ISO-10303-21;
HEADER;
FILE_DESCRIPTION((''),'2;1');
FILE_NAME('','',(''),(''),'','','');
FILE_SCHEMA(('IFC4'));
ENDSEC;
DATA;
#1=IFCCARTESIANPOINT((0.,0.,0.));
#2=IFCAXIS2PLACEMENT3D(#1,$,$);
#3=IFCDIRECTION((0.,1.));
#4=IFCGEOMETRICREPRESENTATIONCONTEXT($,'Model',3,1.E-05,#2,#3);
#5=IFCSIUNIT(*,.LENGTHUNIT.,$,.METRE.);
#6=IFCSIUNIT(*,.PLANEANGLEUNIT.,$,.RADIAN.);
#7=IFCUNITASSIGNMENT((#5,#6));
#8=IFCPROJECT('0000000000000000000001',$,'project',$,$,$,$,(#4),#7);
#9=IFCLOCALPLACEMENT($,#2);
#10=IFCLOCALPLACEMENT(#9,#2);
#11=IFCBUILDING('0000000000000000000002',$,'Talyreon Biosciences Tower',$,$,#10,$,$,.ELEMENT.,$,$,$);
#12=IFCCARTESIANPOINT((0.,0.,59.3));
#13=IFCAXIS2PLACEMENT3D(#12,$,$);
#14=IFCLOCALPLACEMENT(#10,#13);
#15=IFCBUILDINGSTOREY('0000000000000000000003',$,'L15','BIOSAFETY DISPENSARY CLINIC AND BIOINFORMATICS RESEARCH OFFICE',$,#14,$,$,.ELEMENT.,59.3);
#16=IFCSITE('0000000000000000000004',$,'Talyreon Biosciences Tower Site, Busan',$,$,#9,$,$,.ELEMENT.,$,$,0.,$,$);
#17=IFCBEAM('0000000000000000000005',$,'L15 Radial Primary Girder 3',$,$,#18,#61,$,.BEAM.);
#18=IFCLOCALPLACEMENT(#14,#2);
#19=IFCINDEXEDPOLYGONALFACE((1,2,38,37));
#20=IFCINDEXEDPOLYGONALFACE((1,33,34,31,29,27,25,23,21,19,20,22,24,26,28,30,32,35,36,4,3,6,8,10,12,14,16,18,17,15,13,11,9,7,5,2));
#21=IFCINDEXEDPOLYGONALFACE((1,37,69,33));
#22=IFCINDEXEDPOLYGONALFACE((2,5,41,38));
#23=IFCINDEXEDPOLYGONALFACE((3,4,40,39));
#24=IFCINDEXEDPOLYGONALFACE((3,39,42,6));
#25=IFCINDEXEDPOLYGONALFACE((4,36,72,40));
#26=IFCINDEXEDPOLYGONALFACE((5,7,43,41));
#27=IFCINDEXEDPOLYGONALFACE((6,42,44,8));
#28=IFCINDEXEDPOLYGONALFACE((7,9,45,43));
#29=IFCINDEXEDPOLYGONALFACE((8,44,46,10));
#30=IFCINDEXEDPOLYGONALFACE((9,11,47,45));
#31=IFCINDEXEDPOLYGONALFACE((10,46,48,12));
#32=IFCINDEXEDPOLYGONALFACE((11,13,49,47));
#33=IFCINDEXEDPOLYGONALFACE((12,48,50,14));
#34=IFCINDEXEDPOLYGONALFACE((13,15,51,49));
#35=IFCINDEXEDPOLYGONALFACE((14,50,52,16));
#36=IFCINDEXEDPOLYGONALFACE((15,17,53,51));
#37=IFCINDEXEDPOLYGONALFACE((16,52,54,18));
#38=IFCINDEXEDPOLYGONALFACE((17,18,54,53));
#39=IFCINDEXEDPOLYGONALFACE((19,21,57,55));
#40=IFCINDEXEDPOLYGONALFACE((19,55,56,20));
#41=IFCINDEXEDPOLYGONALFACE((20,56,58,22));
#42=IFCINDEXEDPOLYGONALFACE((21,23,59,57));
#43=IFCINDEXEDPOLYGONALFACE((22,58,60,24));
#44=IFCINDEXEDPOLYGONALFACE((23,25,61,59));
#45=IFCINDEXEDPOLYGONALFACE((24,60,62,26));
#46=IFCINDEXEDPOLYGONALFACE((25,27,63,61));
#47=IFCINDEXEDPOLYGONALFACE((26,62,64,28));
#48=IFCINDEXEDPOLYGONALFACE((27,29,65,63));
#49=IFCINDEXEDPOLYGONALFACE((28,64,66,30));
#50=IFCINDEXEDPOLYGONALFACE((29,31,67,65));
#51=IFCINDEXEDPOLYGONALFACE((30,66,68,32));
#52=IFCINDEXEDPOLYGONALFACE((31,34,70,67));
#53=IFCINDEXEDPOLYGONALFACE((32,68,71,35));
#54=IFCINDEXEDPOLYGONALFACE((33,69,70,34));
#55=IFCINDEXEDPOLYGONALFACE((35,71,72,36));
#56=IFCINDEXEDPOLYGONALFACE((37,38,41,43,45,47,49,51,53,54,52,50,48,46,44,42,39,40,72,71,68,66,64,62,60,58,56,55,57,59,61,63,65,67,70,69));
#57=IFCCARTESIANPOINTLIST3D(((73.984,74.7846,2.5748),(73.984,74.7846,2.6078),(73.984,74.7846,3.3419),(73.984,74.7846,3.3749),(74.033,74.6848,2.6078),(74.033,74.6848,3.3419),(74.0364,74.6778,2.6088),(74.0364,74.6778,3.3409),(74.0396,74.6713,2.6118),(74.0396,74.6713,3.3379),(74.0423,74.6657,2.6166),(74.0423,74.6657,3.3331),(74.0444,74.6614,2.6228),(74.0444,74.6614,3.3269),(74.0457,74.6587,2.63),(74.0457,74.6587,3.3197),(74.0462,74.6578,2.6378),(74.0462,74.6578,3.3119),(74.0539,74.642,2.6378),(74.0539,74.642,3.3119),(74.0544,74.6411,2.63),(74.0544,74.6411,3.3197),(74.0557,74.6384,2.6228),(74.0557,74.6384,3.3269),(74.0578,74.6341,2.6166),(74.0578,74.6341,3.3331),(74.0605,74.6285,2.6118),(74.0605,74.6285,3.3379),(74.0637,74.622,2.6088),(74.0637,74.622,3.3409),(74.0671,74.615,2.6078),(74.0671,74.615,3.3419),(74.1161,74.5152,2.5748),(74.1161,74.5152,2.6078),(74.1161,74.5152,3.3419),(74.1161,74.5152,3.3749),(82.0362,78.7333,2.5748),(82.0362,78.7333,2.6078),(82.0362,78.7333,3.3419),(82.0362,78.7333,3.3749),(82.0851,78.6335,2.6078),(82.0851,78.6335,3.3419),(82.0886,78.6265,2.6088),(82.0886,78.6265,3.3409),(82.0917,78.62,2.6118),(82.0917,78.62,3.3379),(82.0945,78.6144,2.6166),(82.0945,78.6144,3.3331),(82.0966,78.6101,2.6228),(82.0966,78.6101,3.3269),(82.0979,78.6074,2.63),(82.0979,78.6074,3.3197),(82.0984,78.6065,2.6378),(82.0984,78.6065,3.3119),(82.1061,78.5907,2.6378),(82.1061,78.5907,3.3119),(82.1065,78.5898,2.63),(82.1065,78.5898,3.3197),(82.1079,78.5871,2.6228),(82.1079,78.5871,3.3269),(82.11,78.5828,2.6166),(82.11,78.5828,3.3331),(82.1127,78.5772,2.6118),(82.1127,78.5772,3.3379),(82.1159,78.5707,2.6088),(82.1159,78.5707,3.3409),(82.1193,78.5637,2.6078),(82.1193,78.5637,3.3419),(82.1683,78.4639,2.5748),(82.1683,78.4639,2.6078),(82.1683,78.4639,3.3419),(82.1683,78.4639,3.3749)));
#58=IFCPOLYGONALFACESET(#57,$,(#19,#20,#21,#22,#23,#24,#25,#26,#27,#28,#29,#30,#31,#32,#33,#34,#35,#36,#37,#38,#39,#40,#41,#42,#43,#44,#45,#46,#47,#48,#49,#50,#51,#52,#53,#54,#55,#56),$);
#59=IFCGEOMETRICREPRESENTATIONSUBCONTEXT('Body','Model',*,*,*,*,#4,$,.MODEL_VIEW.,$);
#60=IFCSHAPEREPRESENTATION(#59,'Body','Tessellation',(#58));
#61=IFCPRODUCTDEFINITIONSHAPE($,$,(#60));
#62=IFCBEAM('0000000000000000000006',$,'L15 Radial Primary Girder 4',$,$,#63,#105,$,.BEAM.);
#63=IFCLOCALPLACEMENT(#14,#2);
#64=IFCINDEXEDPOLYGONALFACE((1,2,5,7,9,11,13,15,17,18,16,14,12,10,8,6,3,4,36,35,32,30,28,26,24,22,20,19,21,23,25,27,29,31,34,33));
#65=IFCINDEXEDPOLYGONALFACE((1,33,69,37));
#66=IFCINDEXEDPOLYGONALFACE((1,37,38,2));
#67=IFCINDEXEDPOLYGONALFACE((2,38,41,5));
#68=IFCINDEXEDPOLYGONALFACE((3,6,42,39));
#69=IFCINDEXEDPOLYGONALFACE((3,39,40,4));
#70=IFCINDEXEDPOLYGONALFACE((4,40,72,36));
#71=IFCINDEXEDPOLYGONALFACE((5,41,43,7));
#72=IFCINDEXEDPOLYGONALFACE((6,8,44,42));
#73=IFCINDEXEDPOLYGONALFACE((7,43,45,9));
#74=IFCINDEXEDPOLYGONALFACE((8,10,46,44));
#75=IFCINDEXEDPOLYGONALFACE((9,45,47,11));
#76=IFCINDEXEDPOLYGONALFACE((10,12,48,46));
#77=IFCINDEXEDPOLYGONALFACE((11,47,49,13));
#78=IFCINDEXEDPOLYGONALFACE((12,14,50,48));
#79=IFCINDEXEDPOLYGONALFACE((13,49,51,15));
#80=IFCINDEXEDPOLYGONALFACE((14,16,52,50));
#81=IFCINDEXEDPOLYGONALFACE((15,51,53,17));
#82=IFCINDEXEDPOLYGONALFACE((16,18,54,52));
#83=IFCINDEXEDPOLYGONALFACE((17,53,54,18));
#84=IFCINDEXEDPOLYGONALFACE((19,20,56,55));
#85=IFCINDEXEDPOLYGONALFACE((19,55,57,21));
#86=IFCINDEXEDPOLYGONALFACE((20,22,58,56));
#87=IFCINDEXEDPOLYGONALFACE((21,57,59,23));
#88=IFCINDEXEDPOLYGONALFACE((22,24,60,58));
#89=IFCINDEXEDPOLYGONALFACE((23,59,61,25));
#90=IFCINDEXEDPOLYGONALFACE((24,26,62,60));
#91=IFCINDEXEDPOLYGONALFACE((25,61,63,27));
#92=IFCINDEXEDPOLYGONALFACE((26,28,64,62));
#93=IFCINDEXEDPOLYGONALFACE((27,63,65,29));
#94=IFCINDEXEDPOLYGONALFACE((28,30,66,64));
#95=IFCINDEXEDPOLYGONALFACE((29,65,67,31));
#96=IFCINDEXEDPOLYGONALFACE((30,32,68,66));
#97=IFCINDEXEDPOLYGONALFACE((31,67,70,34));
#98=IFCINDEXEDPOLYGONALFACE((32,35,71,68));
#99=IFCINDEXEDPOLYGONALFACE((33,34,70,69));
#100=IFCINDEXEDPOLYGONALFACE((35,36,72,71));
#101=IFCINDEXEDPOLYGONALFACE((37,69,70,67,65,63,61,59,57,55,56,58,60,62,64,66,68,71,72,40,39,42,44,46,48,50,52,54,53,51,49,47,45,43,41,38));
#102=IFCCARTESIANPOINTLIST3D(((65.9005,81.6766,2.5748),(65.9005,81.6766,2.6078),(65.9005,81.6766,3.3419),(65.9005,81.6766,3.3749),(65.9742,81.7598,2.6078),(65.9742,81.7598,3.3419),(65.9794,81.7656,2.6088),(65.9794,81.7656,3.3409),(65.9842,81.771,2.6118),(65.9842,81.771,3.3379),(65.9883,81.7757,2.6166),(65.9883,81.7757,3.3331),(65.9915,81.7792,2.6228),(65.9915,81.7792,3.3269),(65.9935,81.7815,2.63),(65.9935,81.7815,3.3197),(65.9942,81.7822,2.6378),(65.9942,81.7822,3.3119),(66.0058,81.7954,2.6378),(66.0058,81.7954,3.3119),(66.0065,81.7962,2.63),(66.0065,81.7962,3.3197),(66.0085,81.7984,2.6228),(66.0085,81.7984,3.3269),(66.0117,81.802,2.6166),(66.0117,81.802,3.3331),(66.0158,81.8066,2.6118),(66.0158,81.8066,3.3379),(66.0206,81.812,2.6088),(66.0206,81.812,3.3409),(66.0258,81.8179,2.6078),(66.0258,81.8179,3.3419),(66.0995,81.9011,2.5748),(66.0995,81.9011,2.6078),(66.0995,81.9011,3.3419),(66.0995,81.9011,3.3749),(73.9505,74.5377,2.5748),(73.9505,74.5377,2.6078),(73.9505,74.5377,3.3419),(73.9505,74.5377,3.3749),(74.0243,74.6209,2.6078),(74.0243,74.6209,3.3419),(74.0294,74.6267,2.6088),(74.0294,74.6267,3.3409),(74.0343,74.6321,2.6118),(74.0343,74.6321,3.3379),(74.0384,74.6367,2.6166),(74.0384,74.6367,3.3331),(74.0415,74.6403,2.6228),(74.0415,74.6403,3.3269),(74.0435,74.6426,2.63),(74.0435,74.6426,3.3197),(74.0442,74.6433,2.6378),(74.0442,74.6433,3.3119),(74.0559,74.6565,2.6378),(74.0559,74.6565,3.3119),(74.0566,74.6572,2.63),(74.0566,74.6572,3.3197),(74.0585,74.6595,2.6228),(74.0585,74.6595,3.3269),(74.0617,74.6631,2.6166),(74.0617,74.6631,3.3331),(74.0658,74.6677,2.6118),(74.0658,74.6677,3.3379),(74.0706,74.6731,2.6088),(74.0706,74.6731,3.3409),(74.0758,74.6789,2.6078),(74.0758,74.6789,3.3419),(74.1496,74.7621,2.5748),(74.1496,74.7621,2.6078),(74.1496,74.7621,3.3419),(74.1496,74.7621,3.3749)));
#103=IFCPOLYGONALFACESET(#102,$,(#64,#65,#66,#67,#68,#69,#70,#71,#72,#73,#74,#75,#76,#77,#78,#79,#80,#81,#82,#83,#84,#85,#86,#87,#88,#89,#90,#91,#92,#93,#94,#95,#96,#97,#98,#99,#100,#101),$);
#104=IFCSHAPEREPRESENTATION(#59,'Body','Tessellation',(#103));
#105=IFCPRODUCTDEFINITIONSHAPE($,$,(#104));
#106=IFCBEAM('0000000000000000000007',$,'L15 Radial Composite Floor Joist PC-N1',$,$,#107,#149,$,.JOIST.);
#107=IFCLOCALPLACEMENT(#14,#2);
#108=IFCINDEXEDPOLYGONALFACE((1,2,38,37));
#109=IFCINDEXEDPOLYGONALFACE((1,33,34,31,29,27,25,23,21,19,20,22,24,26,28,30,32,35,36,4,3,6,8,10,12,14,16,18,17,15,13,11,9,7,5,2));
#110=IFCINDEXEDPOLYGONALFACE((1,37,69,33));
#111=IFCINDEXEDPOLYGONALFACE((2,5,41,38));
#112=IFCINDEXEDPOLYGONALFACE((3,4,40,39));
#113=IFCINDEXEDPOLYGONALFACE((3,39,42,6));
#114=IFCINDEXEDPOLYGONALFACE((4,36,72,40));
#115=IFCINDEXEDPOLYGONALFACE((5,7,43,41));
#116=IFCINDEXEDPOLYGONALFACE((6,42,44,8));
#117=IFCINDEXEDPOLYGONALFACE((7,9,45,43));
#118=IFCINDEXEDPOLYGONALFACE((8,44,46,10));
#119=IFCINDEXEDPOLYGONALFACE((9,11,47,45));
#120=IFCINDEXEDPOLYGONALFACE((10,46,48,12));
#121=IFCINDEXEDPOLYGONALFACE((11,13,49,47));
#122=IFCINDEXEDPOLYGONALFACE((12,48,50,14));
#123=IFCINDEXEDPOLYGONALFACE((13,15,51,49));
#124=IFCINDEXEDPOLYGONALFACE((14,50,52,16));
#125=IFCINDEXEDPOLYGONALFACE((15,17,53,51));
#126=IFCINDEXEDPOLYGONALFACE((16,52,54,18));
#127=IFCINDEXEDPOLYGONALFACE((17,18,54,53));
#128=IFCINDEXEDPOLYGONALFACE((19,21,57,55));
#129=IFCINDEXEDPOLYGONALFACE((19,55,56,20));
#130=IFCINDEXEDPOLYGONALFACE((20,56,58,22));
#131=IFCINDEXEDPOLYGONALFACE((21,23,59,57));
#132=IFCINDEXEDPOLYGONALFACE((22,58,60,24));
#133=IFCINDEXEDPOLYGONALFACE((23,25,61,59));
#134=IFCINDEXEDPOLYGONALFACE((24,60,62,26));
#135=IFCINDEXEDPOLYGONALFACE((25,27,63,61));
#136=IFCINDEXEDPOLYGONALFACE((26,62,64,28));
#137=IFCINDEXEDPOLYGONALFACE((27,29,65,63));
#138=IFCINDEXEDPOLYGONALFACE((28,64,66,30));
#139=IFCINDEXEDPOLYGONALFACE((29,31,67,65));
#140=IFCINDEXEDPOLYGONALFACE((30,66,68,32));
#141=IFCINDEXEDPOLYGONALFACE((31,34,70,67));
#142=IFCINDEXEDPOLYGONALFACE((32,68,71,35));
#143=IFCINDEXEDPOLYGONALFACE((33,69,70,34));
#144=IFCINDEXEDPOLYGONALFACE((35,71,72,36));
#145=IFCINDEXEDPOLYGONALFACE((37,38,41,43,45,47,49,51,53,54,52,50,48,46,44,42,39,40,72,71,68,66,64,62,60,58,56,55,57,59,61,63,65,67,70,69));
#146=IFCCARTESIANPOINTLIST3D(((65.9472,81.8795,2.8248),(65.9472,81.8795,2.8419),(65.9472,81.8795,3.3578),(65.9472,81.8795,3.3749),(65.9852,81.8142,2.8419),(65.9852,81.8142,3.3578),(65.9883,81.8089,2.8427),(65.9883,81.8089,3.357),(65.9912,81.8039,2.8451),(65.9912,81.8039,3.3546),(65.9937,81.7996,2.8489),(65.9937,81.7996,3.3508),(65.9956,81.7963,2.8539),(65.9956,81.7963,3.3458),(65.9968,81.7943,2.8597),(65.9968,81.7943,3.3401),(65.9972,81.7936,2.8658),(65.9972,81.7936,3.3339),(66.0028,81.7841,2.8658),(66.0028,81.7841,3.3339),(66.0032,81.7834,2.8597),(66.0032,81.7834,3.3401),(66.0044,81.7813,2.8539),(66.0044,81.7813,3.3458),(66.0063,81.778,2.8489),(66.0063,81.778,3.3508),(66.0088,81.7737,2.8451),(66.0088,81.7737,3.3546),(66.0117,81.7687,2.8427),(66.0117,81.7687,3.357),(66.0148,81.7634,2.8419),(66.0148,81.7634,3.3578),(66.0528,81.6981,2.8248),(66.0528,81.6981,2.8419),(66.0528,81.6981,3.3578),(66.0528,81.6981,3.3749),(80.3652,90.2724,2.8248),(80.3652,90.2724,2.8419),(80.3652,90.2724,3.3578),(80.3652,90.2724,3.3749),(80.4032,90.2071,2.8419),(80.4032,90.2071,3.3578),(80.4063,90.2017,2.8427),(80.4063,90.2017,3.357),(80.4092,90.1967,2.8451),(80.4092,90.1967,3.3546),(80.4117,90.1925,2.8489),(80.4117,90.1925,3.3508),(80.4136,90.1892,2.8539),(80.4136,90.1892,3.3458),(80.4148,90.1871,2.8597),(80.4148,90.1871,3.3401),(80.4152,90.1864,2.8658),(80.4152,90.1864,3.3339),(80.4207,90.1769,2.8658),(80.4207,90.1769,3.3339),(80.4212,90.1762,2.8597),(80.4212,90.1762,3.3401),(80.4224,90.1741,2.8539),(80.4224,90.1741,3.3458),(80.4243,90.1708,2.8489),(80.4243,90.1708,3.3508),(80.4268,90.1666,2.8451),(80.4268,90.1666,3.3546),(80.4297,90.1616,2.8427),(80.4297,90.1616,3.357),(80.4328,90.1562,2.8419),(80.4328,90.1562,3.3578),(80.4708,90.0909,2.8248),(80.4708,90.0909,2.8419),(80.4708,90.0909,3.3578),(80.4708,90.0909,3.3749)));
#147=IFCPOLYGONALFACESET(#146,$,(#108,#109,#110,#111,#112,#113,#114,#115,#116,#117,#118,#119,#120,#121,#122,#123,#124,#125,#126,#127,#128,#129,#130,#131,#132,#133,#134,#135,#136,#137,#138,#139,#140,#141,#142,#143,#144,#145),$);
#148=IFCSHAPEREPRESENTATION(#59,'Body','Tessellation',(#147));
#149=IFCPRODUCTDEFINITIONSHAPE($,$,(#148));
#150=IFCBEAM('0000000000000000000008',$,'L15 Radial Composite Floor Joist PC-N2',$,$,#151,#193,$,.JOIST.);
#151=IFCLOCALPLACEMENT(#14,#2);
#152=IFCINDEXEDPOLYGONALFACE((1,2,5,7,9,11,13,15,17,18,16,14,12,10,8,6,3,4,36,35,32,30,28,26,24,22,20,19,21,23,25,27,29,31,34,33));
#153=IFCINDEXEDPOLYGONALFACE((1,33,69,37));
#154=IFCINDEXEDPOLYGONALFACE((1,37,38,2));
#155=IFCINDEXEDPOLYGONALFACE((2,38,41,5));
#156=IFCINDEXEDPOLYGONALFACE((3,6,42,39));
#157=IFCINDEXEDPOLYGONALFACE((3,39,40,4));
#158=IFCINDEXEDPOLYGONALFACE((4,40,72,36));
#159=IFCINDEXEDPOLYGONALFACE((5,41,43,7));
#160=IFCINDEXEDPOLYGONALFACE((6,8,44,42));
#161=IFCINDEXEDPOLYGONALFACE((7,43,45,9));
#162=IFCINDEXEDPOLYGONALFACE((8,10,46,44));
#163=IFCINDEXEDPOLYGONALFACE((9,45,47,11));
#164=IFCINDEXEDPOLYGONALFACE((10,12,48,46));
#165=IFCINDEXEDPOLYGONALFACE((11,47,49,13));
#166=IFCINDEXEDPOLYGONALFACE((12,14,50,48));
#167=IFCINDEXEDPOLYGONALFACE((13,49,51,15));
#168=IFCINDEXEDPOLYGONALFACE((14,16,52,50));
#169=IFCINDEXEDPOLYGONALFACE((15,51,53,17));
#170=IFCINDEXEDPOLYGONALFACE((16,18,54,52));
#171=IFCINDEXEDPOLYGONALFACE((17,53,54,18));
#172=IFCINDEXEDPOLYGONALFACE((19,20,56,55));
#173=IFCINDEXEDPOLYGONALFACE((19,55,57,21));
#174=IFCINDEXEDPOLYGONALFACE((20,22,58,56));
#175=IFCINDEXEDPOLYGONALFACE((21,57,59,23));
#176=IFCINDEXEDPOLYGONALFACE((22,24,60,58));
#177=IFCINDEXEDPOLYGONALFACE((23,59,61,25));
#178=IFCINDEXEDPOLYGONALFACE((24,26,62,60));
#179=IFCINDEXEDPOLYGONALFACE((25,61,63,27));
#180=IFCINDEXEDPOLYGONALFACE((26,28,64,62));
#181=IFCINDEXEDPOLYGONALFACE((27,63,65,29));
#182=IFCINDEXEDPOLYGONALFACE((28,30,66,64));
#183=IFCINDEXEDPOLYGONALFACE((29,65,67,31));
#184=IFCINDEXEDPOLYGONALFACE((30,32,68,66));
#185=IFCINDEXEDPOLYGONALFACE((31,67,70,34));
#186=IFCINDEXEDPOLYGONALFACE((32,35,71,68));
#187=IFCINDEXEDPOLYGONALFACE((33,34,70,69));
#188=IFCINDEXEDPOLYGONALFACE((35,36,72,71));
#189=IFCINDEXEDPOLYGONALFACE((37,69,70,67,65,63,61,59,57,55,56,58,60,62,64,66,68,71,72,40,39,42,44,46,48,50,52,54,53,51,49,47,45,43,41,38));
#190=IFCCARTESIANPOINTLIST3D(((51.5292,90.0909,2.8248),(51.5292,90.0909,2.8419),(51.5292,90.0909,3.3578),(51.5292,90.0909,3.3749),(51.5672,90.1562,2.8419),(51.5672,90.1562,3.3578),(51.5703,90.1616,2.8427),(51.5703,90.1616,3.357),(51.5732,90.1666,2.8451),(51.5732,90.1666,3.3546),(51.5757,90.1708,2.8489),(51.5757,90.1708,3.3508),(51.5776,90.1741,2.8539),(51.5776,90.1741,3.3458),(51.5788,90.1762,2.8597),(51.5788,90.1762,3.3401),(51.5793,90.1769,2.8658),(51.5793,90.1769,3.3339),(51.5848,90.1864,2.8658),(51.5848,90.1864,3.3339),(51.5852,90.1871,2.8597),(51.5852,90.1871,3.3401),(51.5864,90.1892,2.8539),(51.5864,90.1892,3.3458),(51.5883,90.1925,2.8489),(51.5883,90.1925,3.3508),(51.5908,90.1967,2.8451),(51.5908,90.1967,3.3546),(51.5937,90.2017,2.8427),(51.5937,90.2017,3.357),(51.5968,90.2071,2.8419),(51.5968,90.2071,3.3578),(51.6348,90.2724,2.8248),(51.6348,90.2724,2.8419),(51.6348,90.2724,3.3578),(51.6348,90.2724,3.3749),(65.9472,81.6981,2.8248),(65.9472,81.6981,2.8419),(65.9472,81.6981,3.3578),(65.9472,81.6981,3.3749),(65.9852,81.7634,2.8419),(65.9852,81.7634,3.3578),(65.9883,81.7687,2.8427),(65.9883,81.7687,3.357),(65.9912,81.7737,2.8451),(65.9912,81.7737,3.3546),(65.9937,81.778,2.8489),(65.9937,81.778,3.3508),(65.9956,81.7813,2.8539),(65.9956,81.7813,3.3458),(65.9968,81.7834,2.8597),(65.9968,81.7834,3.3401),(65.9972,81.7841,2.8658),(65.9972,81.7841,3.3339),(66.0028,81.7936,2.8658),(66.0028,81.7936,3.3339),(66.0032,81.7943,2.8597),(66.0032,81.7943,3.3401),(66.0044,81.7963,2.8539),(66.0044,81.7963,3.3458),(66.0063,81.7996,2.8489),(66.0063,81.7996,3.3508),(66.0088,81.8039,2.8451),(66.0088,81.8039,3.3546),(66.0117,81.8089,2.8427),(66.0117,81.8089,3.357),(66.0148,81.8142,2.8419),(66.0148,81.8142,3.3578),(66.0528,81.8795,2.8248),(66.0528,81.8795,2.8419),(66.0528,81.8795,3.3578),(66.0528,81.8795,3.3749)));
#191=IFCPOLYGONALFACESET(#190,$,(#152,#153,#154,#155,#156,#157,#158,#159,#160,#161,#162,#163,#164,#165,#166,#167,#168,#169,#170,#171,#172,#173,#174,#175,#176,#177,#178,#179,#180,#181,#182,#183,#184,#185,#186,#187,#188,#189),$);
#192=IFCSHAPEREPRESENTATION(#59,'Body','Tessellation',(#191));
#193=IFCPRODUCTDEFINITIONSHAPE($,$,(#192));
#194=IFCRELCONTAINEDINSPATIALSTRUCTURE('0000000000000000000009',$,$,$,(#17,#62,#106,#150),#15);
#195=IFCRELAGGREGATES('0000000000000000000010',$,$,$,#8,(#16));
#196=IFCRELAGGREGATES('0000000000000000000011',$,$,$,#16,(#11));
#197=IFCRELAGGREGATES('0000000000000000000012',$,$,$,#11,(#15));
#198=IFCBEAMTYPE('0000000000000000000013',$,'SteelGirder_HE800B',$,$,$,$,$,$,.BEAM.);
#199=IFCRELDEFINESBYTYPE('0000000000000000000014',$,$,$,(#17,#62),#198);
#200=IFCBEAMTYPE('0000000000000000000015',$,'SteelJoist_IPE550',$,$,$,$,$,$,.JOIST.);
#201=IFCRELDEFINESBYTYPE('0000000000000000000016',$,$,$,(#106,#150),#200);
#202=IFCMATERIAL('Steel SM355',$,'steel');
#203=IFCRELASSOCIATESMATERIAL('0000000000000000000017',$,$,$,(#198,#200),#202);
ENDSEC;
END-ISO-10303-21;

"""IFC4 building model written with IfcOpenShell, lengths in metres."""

from ifc_helpers import new_model, si_unit, direction, frame, origin, origin_2d, place, context, subcontext, project, spatial, i_section, extrude, material, material_profile, profile_set, type_object, element, save


model = new_model("IFC4")

# Units and contexts
model_context = context("Model", 3, precision=1e-05, world=origin(), true_north=direction((0.0, 1.0)))
body_context = subcontext(model_context, "Body", "Model", "MODEL_VIEW")
ifc_project = project(units=[si_unit("LENGTHUNIT", "METRE"), si_unit("PLANEANGLEUNIT", "RADIAN")], contexts=[model_context])

# Site, building, storey
site_placement = place(None, origin())
site = spatial("IfcSite", under=ifc_project, at=site_placement, Name="Talyreon Biosciences Tower Site, Busan", CompositionType="ELEMENT", RefElevation=0.0)
building_placement = place(site_placement, origin())
building = spatial("IfcBuilding", under=site, at=building_placement, Name="Talyreon Biosciences Tower", CompositionType="ELEMENT")
storey_placement = place(building_placement, frame((0.0, 0.0, 59.3)))
storey = spatial("IfcBuildingStorey", under=building, at=storey_placement, Name="L15", Description="BIOSAFETY DISPENSARY CLINIC AND BIOINFORMATICS RESEARCH OFFICE", CompositionType="ELEMENT", Elevation=59.3)

# Beams
ifc_material_1 = material(Name="Steel SM355", Category="steel")
ifc_material_profile_1 = material_profile(ifc_material_1, i_section(OverallWidth=0.3, OverallDepth=0.8, WebThickness=0.0176, FlangeThickness=0.033, FilletRadius=0.03, at=origin_2d()), Name="HE800B")
ifc_profile_set_1 = profile_set([ifc_material_profile_1], Name="Steel SM355")
beam_type_1 = type_object("IfcBeamType", Name="SteelGirder_HE800B", PredefinedType="BEAM", material=ifc_profile_set_1)
beam_1_placement = place(storey_placement, frame((74.05, 74.6499, 2.9749), z_axis=(0.897852, 0.440297, 0.0), x_axis=(-0.440297, 0.897852, 0.0)))
element("IfcBeam", 1, at=beam_1_placement, inside=storey, type_object=beam_type_1, Name="L15 Radial Primary Girder 3", PredefinedType="BEAM", context=body_context, shape_type="SweptSolid", body=[
    extrude(i_section(OverallWidth=0.3, OverallDepth=0.8, WebThickness=0.0176, FlangeThickness=0.033, FilletRadius=0.03, at=origin_2d()), origin(), (0.0, 0.0, 1.0), 8.9683),
])
beam_2_placement = place(storey_placement, frame((74.05, 74.6499, 2.9749), z_axis=(-0.748179, 0.663497, 0.0), x_axis=(-0.663497, -0.748179, 0.0)))
element("IfcBeam", 2, at=beam_2_placement, inside=storey, type_object=beam_type_1, Name="L15 Radial Primary Girder 4", PredefinedType="BEAM", context=body_context, shape_type="SweptSolid", body=[
    extrude(i_section(OverallWidth=0.3, OverallDepth=0.8, WebThickness=0.0176, FlangeThickness=0.033, FilletRadius=0.03, at=origin_2d()), origin(), (0.0, 0.0, 1.0), 10.7595),
])
ifc_material_profile_2 = material_profile(ifc_material_1, i_section(OverallWidth=0.21, OverallDepth=0.55, WebThickness=0.011, FlangeThickness=0.0171, FilletRadius=0.0239, at=origin_2d()), Name="IPE550")
ifc_profile_set_2 = profile_set([ifc_material_profile_2], Name="Steel SM355")
beam_type_2 = type_object("IfcBeamType", Name="SteelJoist_IPE550", PredefinedType="JOIST", material=ifc_profile_set_2)
for number, where, z_axis, x_axis, name in (
    (3, (66.0, 81.7888, 3.0999), (0.864239, 0.503081, 0.0), (-0.503081, 0.864239, 0.0), "L15 Radial Composite Floor Joist PC-N1"),
    (4, (66.0, 81.7888, 3.0999), (-0.864239, 0.503081, 0.0), (-0.503081, -0.864239, 0.0), "L15 Radial Composite Floor Joist PC-N2"),
):
    element("IfcBeam", number, at=place(storey_placement, frame(where, z_axis=z_axis, x_axis=x_axis)), inside=storey, type_object=beam_type_2, Name=name, PredefinedType="JOIST", context=body_context, shape_type="SweptSolid", body=[
        extrude(i_section(OverallWidth=0.21, OverallDepth=0.55, WebThickness=0.011, FlangeThickness=0.0171, FilletRadius=0.0239, at=origin_2d()), origin(), (0.0, 0.0, 1.0), 16.6829),
    ])

save(model, "model.ifc")
